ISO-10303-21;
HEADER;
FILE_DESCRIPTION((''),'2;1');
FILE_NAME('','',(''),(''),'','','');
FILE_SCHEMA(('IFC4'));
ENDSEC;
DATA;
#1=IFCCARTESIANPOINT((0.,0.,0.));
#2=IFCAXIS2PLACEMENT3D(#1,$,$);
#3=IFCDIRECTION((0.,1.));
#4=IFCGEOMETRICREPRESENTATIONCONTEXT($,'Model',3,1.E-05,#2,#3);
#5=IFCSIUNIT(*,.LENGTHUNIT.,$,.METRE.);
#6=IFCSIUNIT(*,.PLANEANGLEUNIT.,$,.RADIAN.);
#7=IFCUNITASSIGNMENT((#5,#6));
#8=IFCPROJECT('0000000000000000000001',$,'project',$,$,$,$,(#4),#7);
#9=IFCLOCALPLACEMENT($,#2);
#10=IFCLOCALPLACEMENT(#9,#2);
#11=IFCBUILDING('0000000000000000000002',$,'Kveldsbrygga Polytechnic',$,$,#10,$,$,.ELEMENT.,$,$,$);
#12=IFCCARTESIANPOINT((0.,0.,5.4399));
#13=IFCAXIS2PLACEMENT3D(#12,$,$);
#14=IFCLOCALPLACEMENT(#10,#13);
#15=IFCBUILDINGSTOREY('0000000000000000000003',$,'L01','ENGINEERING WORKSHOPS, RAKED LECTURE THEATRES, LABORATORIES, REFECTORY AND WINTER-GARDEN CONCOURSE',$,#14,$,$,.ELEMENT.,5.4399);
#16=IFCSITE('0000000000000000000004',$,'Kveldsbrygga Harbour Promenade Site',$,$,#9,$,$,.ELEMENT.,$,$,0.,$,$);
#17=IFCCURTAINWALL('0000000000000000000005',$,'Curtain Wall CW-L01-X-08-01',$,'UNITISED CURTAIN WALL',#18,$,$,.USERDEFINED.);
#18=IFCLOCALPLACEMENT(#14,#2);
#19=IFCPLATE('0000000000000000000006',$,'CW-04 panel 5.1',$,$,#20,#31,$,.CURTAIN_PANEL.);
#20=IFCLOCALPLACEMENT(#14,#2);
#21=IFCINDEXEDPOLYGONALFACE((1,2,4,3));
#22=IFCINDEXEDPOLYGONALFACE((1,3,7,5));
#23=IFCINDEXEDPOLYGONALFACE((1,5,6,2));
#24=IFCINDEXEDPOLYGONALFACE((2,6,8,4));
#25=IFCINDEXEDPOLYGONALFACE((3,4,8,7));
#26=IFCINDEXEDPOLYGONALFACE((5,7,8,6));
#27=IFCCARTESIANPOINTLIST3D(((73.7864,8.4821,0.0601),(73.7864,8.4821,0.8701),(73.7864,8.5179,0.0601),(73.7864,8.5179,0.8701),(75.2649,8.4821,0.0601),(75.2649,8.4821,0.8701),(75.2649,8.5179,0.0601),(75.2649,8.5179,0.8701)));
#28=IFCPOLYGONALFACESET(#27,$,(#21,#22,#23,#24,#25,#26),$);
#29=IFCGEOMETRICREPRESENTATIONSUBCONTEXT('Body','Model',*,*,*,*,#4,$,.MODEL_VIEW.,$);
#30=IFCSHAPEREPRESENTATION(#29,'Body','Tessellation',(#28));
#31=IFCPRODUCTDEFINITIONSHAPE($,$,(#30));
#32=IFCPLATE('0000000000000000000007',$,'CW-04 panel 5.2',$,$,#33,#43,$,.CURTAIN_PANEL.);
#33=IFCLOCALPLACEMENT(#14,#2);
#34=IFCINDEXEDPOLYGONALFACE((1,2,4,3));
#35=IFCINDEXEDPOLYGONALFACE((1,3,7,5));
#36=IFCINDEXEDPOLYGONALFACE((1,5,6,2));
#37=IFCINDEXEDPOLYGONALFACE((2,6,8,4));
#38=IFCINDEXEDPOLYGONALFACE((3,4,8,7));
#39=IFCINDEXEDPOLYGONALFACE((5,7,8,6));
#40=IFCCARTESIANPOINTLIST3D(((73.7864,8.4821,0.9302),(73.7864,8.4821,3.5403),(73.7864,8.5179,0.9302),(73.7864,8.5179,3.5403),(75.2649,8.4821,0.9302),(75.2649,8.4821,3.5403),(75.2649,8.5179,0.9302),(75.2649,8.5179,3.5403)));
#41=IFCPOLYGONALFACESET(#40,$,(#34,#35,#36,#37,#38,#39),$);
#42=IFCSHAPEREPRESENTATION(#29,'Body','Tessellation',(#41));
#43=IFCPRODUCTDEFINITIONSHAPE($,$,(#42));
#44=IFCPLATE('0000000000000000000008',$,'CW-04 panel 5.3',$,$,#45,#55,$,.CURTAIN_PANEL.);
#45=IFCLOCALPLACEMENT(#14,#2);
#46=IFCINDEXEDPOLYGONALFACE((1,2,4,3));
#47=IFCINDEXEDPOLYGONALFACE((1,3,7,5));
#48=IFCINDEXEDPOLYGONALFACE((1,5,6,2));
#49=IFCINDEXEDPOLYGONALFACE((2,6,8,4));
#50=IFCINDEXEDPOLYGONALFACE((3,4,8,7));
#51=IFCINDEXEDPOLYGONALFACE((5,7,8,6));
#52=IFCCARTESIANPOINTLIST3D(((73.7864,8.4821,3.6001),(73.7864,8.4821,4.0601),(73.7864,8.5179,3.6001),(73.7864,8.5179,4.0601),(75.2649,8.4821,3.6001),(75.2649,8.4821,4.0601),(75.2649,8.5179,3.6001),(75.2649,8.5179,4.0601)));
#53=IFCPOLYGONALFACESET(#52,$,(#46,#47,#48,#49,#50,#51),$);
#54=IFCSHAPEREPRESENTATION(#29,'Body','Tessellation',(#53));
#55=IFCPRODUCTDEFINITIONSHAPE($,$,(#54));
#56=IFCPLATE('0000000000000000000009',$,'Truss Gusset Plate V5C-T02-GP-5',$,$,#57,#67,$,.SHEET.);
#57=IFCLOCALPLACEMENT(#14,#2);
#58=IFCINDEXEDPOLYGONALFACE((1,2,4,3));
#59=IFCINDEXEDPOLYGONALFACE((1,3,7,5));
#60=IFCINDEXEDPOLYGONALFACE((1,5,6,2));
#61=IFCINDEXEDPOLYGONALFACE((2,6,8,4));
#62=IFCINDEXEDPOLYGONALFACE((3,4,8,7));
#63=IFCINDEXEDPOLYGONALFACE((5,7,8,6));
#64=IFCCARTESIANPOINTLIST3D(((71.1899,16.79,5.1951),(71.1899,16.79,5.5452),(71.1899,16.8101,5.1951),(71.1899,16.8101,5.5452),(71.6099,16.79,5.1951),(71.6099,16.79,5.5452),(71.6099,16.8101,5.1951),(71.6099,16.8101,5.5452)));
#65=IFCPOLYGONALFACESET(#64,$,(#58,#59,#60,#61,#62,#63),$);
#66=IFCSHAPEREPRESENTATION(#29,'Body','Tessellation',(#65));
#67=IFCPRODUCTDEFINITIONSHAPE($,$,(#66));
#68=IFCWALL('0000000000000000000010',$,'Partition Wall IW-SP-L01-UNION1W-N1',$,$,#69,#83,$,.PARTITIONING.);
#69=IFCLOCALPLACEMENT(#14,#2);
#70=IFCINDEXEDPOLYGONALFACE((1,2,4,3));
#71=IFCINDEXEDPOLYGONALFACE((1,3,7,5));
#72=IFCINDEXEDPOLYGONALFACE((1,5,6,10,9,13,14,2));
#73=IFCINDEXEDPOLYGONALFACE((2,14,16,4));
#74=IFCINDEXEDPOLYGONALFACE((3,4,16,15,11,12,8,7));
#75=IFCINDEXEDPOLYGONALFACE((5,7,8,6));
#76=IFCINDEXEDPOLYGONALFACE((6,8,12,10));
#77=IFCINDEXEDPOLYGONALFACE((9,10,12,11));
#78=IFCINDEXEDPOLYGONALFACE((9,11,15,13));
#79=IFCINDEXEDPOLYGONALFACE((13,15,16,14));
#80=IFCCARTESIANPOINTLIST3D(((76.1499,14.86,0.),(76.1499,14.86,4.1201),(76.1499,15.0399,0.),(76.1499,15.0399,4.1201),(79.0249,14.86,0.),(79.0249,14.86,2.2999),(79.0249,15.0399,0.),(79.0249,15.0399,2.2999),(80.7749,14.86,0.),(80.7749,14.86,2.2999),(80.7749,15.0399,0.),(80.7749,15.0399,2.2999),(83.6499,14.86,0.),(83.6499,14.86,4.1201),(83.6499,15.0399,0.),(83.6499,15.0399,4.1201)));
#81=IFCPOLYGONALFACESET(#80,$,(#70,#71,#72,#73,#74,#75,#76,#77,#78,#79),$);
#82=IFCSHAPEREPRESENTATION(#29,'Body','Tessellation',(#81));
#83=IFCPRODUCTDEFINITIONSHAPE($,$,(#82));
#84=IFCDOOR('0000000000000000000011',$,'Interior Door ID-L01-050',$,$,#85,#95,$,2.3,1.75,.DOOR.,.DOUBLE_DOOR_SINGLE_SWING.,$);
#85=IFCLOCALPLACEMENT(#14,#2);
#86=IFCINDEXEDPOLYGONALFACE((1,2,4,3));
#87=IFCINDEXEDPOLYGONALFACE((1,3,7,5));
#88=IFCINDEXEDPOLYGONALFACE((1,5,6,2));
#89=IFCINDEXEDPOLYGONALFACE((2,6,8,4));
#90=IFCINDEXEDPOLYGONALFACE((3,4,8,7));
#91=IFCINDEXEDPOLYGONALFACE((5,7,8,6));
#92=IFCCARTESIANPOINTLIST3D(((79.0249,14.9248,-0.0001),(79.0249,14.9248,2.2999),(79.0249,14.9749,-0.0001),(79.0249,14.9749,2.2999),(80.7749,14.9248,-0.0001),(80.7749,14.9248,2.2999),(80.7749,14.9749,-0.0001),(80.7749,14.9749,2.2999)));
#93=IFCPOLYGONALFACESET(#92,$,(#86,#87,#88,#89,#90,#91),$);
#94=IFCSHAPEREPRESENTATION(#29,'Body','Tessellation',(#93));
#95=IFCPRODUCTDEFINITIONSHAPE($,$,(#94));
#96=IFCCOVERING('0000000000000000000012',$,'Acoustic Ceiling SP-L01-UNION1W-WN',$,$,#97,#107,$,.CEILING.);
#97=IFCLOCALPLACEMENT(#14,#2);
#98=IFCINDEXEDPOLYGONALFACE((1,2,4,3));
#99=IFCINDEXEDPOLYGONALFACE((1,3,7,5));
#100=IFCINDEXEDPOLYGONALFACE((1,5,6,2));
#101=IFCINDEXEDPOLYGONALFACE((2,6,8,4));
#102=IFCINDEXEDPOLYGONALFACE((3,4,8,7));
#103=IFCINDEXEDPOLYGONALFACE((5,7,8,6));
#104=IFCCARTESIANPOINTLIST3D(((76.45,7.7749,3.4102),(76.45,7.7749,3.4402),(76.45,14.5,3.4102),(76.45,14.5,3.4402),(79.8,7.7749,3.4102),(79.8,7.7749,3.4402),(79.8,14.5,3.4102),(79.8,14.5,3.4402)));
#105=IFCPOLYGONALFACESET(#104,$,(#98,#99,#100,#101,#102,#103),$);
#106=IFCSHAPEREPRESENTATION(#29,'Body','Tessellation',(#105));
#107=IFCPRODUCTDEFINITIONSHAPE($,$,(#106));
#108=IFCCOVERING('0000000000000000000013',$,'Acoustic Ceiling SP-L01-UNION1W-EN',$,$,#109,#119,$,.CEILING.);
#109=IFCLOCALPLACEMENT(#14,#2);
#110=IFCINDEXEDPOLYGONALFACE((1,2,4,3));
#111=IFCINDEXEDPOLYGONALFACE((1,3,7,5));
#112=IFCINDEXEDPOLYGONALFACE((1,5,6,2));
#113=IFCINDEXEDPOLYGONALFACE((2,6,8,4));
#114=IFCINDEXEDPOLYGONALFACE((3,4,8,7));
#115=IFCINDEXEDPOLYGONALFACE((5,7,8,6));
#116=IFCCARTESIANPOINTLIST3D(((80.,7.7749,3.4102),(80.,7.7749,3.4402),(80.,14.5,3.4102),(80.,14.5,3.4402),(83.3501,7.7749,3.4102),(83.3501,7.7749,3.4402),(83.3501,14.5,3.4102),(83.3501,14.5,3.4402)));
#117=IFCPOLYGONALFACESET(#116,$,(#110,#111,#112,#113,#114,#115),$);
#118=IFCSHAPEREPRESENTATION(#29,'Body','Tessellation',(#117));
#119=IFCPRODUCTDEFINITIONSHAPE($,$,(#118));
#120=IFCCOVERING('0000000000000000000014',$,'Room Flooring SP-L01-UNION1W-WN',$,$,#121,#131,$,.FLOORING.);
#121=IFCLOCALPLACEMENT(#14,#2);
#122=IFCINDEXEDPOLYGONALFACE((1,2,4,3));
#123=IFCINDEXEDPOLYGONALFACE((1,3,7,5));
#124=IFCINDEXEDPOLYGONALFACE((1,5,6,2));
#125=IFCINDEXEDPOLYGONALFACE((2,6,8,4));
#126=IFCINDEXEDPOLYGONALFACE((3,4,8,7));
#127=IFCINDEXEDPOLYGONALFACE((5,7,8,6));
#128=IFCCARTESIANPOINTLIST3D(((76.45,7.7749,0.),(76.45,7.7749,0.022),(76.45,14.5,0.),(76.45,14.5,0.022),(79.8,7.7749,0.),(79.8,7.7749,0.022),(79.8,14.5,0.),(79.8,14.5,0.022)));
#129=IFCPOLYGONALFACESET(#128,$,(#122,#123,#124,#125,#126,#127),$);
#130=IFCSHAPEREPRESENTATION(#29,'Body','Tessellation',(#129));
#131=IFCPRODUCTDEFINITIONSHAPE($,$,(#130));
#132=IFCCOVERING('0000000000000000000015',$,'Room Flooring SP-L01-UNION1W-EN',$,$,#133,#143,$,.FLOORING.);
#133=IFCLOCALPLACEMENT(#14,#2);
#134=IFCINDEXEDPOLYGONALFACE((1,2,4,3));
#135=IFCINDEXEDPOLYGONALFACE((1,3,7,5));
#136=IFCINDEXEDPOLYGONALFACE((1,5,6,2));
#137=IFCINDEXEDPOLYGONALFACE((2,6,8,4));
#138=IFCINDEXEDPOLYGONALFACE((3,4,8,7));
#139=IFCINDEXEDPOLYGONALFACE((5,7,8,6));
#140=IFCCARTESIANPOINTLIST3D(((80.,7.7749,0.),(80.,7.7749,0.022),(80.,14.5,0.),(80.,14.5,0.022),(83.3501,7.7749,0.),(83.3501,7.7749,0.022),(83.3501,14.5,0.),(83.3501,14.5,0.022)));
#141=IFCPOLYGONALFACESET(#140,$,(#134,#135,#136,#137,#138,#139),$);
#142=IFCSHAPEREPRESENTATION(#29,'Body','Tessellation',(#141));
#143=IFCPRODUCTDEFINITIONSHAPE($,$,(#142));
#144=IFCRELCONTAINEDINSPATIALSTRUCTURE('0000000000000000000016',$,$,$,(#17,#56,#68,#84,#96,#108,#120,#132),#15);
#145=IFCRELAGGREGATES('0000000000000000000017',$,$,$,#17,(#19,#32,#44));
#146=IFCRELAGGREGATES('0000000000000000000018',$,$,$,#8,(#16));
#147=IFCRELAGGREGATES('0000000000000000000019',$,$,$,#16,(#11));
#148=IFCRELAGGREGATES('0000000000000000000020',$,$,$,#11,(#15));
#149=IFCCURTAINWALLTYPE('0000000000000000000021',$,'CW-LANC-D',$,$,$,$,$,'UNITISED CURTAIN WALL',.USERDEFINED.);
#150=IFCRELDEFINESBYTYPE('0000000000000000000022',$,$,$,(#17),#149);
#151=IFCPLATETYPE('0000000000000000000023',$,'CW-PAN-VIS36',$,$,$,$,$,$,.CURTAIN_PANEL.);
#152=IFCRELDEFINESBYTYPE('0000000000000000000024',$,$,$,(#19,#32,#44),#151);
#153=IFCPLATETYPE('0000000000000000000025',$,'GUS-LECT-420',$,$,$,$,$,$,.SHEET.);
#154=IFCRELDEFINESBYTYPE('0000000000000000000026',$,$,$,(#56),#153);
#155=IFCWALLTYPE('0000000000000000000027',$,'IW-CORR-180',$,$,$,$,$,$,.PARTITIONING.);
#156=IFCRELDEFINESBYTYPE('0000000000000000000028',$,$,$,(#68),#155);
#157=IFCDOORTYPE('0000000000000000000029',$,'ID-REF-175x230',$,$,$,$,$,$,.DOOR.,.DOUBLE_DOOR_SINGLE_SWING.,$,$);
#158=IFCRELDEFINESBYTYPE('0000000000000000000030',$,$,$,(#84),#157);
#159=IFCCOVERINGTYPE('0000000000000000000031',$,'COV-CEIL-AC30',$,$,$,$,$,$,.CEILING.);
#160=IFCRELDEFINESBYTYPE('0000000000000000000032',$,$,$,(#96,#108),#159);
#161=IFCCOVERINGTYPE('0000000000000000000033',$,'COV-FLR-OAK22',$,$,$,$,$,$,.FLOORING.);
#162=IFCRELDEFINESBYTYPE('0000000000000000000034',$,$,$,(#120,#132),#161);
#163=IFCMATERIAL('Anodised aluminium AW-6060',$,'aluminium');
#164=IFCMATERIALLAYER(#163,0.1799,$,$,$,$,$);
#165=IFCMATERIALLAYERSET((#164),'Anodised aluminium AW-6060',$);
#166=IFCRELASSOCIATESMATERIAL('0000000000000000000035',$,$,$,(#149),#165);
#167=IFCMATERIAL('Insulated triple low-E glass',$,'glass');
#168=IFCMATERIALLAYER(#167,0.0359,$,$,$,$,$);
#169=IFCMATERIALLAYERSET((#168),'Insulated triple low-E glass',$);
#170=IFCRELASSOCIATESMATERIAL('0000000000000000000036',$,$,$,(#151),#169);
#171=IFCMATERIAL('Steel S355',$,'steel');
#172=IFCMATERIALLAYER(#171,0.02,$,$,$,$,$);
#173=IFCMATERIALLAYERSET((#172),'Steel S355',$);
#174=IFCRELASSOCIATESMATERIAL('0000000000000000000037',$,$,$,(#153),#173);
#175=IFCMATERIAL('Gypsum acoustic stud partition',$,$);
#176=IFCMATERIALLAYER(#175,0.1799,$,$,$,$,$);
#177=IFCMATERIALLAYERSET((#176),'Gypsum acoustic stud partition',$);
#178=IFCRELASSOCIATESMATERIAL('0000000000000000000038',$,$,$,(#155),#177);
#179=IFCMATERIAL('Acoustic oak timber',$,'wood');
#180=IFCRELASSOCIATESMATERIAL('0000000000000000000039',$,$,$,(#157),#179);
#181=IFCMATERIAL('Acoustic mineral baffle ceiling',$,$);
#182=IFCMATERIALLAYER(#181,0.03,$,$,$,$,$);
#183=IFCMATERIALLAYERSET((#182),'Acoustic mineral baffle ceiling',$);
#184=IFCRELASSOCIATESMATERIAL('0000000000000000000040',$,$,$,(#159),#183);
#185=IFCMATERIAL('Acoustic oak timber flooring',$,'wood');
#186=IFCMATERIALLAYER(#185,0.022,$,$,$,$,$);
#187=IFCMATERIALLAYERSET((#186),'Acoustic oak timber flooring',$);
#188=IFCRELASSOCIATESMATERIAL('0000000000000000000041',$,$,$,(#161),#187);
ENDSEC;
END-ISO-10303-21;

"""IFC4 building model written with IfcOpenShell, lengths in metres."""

from ifc_helpers import new_model, si_unit, direction, frame, frame_2d, origin, origin_2d, place, context, subcontext, project, spatial, rectangle, extrude, material, layer, layer_set, type_object, element, fill, aggregate, save


model = new_model("IFC4")

# Units and contexts
model_context = context("Model", 3, precision=1e-05, world=origin(), true_north=direction((0.0, 1.0)))
body_context = subcontext(model_context, "Body", "Model", "MODEL_VIEW")
ifc_project = project(units=[si_unit("LENGTHUNIT", "METRE"), si_unit("PLANEANGLEUNIT", "RADIAN")], contexts=[model_context])

# Site, building, storey
site_placement = place(None, origin())
site = spatial("IfcSite", under=ifc_project, at=site_placement, Name="Kveldsbrygga Harbour Promenade Site", CompositionType="ELEMENT", RefElevation=0.0)
building_placement = place(site_placement, origin())
building = spatial("IfcBuilding", under=site, at=building_placement, Name="Kveldsbrygga Polytechnic", CompositionType="ELEMENT")
storey_placement = place(building_placement, frame((0.0, 0.0, 5.4399)))
storey = spatial("IfcBuildingStorey", under=building, at=storey_placement, Name="L01", Description="ENGINEERING WORKSHOPS, RAKED LECTURE THEATRES, LABORATORIES, REFECTORY AND WINTER-GARDEN CONCOURSE", CompositionType="ELEMENT", Elevation=5.4399)

# Curtain wall
ifc_material_1 = material(Name="Anodised aluminium AW-6060", Category="aluminium")
ifc_layer_1 = layer(ifc_material_1, 0.1799)
ifc_layer_set_1 = layer_set([ifc_layer_1], Name="Anodised aluminium AW-6060")
curtain_wall_type = type_object("IfcCurtainWallType", Name="CW-LANC-D", ElementType="UNITISED CURTAIN WALL", PredefinedType="USERDEFINED", material=ifc_layer_set_1)
curtain_wall_placement = place(storey_placement, origin())
curtain_wall = element("IfcCurtainWall", 1, at=curtain_wall_placement, inside=storey, type_object=curtain_wall_type, Name="Curtain Wall CW-L01-X-08-01", ObjectType="UNITISED CURTAIN WALL", PredefinedType="USERDEFINED")

# Shared definitions
ifc_material_2 = material(Name="Steel S355", Category="steel")

# Plates
ifc_material_3 = material(Name="Insulated triple low-E glass", Category="glass")
ifc_layer_2 = layer(ifc_material_3, 0.0359)
ifc_layer_set_2 = layer_set([ifc_layer_2], Name="Insulated triple low-E glass")
plate_type_1 = type_object("IfcPlateType", Name="CW-PAN-VIS36", PredefinedType="CURTAIN_PANEL", material=ifc_layer_set_2)
plate_1_placement = place(storey_placement, frame((74.5256, 8.5, 0.0601), z_axis=(0.0, 0.0, 1.0), x_axis=(1.0, 0.0, 0.0)))
plate_1 = element("IfcPlate", 2, at=plate_1_placement, type_object=plate_type_1, Name="CW-04 panel 5.1", PredefinedType="CURTAIN_PANEL", context=body_context, shape_type="SweptSolid", body=[
    extrude(rectangle(XDim=1.4785, YDim=0.0359, at=origin_2d()), origin(), (0.0, 0.0, 1.0), 0.8101),
])
plate_2_placement = place(storey_placement, frame((74.5256, 8.5, 0.9302), z_axis=(0.0, 0.0, 1.0), x_axis=(1.0, 0.0, 0.0)))
plate_2 = element("IfcPlate", 3, at=plate_2_placement, type_object=plate_type_1, Name="CW-04 panel 5.2", PredefinedType="CURTAIN_PANEL", context=body_context, shape_type="SweptSolid", body=[
    extrude(rectangle(XDim=1.4785, YDim=0.0359, at=origin_2d()), origin(), (0.0, 0.0, 1.0), 2.6101),
])
plate_3_placement = place(storey_placement, frame((74.5256, 8.5, 3.6001), z_axis=(0.0, 0.0, 1.0), x_axis=(1.0, 0.0, 0.0)))
plate_3 = element("IfcPlate", 4, at=plate_3_placement, type_object=plate_type_1, Name="CW-04 panel 5.3", PredefinedType="CURTAIN_PANEL", context=body_context, shape_type="SweptSolid", body=[
    extrude(rectangle(XDim=1.4785, YDim=0.0359, at=origin_2d()), origin(), (0.0, 0.0, 1.0), 0.46),
])
aggregate(curtain_wall, [plate_1, plate_2, plate_3])
ifc_layer_3 = layer(ifc_material_2, 0.02)
ifc_layer_set_3 = layer_set([ifc_layer_3], Name="Steel S355")
plate_type_2 = type_object("IfcPlateType", Name="GUS-LECT-420", PredefinedType="SHEET", material=ifc_layer_set_3)
plate_4_placement = place(storey_placement, frame((71.3999, 16.8, 5.1951), z_axis=(0.0, 0.0, 1.0), x_axis=(1.0, 0.0, 0.0)))
element("IfcPlate", 5, at=plate_4_placement, inside=storey, type_object=plate_type_2, Name="Truss Gusset Plate V5C-T02-GP-5", PredefinedType="SHEET", context=body_context, shape_type="SweptSolid", body=[
    extrude(rectangle(XDim=0.4199, YDim=0.02, at=origin_2d()), origin(), (0.0, 0.0, 1.0), 0.3501),
])

# Wall, opening, door
ifc_material_4 = material(Name="Gypsum acoustic stud partition")
ifc_layer_4 = layer(ifc_material_4, 0.1799)
ifc_layer_set_4 = layer_set([ifc_layer_4], Name="Gypsum acoustic stud partition")
wall_type = type_object("IfcWallType", Name="IW-CORR-180", PredefinedType="PARTITIONING", material=ifc_layer_set_4)
wall_placement = place(storey_placement, frame((76.1499, 14.95, 0.0), z_axis=(0.0, 0.0, 1.0), x_axis=(1.0, 0.0, 0.0)))
wall = element("IfcWall", 6, at=wall_placement, inside=storey, type_object=wall_type, Name="Partition Wall IW-SP-L01-UNION1W-N1", PredefinedType="PARTITIONING", context=body_context, shape_type="SweptSolid", body=[
    extrude(rectangle(XDim=7.5, YDim=0.1799, at=frame_2d((3.75, 0.0))), origin(), (0.0, 0.0, 1.0), 4.1201),
])
opening_placement = place(wall_placement, frame((2.875, 0.0, 0.0)))
opening = element("IfcOpeningElement", 7, at=opening_placement, cuts=wall, PredefinedType="OPENING", context=body_context, shape_type="SweptSolid", body=[
    extrude(rectangle(XDim=1.75, YDim=2.3, at=frame_2d((0.875, 1.1499))), frame((0.0, 0.1001, 0.0), z_axis=(0.0, -1.0, 0.0), x_axis=(1.0, 0.0, 0.0)), (0.0, 0.0, 1.0), 0.2),
])
ifc_material_5 = material(Name="Acoustic oak timber", Category="wood")
door_type = type_object("IfcDoorType", Name="ID-REF-175x230", OperationType="DOUBLE_DOOR_SINGLE_SWING", PredefinedType="DOOR", material=ifc_material_5)
door_placement = place(opening_placement, origin())
door = element("IfcDoor", 8, at=door_placement, inside=storey, type_object=door_type, Name="Interior Door ID-L01-050", OperationType="DOUBLE_DOOR_SINGLE_SWING", OverallHeight=2.3, OverallWidth=1.75, PredefinedType="DOOR", context=body_context, shape_type="SweptSolid", body=[
    extrude(rectangle(XDim=1.75, YDim=2.3, at=frame_2d((0.875, 1.1499))), frame((0.0, 0.0249, 0.0), z_axis=(0.0, -1.0, 0.0), x_axis=(1.0, 0.0, 0.0)), (0.0, 0.0, 1.0), 0.05),
])
fill(opening, door)

# Coverings
ifc_material_6 = material(Name="Acoustic mineral baffle ceiling")
ifc_layer_5 = layer(ifc_material_6, 0.03)
ifc_layer_set_5 = layer_set([ifc_layer_5], Name="Acoustic mineral baffle ceiling")
covering_type_1 = type_object("IfcCoveringType", Name="COV-CEIL-AC30", PredefinedType="CEILING", material=ifc_layer_set_5)
for number, where, z_axis, x_axis, name in (
    (9, (78.125, 11.1375, 3.4102), (0.0, 0.0, 1.0), (1.0, 0.0, 0.0), "Acoustic Ceiling SP-L01-UNION1W-WN"),
    (10, (81.675, 11.1375, 3.4102), (0.0, 0.0, 1.0), (1.0, 0.0, 0.0), "Acoustic Ceiling SP-L01-UNION1W-EN"),
):
    element("IfcCovering", number, at=place(storey_placement, frame(where, z_axis=z_axis, x_axis=x_axis)), inside=storey, type_object=covering_type_1, Name=name, PredefinedType="CEILING", context=body_context, shape_type="SweptSolid", body=[
        extrude(rectangle(XDim=3.3501, YDim=6.7251, at=origin_2d()), origin(), (0.0, 0.0, 1.0), 0.03),
    ])
ifc_material_7 = material(Name="Acoustic oak timber flooring", Category="wood")
ifc_layer_6 = layer(ifc_material_7, 0.022)
ifc_layer_set_6 = layer_set([ifc_layer_6], Name="Acoustic oak timber flooring")
covering_type_2 = type_object("IfcCoveringType", Name="COV-FLR-OAK22", PredefinedType="FLOORING", material=ifc_layer_set_6)
for number, where, z_axis, x_axis, name in (
    (11, (78.125, 11.1375, 0.0), (0.0, 0.0, 1.0), (1.0, 0.0, 0.0), "Room Flooring SP-L01-UNION1W-WN"),
    (12, (81.675, 11.1375, 0.0), (0.0, 0.0, 1.0), (1.0, 0.0, 0.0), "Room Flooring SP-L01-UNION1W-EN"),
):
    element("IfcCovering", number, at=place(storey_placement, frame(where, z_axis=z_axis, x_axis=x_axis)), inside=storey, type_object=covering_type_2, Name=name, PredefinedType="FLOORING", context=body_context, shape_type="SweptSolid", body=[
        extrude(rectangle(XDim=3.3501, YDim=6.7251, at=origin_2d()), origin(), (0.0, 0.0, 1.0), 0.022),
    ])

save(model, "model.ifc")
